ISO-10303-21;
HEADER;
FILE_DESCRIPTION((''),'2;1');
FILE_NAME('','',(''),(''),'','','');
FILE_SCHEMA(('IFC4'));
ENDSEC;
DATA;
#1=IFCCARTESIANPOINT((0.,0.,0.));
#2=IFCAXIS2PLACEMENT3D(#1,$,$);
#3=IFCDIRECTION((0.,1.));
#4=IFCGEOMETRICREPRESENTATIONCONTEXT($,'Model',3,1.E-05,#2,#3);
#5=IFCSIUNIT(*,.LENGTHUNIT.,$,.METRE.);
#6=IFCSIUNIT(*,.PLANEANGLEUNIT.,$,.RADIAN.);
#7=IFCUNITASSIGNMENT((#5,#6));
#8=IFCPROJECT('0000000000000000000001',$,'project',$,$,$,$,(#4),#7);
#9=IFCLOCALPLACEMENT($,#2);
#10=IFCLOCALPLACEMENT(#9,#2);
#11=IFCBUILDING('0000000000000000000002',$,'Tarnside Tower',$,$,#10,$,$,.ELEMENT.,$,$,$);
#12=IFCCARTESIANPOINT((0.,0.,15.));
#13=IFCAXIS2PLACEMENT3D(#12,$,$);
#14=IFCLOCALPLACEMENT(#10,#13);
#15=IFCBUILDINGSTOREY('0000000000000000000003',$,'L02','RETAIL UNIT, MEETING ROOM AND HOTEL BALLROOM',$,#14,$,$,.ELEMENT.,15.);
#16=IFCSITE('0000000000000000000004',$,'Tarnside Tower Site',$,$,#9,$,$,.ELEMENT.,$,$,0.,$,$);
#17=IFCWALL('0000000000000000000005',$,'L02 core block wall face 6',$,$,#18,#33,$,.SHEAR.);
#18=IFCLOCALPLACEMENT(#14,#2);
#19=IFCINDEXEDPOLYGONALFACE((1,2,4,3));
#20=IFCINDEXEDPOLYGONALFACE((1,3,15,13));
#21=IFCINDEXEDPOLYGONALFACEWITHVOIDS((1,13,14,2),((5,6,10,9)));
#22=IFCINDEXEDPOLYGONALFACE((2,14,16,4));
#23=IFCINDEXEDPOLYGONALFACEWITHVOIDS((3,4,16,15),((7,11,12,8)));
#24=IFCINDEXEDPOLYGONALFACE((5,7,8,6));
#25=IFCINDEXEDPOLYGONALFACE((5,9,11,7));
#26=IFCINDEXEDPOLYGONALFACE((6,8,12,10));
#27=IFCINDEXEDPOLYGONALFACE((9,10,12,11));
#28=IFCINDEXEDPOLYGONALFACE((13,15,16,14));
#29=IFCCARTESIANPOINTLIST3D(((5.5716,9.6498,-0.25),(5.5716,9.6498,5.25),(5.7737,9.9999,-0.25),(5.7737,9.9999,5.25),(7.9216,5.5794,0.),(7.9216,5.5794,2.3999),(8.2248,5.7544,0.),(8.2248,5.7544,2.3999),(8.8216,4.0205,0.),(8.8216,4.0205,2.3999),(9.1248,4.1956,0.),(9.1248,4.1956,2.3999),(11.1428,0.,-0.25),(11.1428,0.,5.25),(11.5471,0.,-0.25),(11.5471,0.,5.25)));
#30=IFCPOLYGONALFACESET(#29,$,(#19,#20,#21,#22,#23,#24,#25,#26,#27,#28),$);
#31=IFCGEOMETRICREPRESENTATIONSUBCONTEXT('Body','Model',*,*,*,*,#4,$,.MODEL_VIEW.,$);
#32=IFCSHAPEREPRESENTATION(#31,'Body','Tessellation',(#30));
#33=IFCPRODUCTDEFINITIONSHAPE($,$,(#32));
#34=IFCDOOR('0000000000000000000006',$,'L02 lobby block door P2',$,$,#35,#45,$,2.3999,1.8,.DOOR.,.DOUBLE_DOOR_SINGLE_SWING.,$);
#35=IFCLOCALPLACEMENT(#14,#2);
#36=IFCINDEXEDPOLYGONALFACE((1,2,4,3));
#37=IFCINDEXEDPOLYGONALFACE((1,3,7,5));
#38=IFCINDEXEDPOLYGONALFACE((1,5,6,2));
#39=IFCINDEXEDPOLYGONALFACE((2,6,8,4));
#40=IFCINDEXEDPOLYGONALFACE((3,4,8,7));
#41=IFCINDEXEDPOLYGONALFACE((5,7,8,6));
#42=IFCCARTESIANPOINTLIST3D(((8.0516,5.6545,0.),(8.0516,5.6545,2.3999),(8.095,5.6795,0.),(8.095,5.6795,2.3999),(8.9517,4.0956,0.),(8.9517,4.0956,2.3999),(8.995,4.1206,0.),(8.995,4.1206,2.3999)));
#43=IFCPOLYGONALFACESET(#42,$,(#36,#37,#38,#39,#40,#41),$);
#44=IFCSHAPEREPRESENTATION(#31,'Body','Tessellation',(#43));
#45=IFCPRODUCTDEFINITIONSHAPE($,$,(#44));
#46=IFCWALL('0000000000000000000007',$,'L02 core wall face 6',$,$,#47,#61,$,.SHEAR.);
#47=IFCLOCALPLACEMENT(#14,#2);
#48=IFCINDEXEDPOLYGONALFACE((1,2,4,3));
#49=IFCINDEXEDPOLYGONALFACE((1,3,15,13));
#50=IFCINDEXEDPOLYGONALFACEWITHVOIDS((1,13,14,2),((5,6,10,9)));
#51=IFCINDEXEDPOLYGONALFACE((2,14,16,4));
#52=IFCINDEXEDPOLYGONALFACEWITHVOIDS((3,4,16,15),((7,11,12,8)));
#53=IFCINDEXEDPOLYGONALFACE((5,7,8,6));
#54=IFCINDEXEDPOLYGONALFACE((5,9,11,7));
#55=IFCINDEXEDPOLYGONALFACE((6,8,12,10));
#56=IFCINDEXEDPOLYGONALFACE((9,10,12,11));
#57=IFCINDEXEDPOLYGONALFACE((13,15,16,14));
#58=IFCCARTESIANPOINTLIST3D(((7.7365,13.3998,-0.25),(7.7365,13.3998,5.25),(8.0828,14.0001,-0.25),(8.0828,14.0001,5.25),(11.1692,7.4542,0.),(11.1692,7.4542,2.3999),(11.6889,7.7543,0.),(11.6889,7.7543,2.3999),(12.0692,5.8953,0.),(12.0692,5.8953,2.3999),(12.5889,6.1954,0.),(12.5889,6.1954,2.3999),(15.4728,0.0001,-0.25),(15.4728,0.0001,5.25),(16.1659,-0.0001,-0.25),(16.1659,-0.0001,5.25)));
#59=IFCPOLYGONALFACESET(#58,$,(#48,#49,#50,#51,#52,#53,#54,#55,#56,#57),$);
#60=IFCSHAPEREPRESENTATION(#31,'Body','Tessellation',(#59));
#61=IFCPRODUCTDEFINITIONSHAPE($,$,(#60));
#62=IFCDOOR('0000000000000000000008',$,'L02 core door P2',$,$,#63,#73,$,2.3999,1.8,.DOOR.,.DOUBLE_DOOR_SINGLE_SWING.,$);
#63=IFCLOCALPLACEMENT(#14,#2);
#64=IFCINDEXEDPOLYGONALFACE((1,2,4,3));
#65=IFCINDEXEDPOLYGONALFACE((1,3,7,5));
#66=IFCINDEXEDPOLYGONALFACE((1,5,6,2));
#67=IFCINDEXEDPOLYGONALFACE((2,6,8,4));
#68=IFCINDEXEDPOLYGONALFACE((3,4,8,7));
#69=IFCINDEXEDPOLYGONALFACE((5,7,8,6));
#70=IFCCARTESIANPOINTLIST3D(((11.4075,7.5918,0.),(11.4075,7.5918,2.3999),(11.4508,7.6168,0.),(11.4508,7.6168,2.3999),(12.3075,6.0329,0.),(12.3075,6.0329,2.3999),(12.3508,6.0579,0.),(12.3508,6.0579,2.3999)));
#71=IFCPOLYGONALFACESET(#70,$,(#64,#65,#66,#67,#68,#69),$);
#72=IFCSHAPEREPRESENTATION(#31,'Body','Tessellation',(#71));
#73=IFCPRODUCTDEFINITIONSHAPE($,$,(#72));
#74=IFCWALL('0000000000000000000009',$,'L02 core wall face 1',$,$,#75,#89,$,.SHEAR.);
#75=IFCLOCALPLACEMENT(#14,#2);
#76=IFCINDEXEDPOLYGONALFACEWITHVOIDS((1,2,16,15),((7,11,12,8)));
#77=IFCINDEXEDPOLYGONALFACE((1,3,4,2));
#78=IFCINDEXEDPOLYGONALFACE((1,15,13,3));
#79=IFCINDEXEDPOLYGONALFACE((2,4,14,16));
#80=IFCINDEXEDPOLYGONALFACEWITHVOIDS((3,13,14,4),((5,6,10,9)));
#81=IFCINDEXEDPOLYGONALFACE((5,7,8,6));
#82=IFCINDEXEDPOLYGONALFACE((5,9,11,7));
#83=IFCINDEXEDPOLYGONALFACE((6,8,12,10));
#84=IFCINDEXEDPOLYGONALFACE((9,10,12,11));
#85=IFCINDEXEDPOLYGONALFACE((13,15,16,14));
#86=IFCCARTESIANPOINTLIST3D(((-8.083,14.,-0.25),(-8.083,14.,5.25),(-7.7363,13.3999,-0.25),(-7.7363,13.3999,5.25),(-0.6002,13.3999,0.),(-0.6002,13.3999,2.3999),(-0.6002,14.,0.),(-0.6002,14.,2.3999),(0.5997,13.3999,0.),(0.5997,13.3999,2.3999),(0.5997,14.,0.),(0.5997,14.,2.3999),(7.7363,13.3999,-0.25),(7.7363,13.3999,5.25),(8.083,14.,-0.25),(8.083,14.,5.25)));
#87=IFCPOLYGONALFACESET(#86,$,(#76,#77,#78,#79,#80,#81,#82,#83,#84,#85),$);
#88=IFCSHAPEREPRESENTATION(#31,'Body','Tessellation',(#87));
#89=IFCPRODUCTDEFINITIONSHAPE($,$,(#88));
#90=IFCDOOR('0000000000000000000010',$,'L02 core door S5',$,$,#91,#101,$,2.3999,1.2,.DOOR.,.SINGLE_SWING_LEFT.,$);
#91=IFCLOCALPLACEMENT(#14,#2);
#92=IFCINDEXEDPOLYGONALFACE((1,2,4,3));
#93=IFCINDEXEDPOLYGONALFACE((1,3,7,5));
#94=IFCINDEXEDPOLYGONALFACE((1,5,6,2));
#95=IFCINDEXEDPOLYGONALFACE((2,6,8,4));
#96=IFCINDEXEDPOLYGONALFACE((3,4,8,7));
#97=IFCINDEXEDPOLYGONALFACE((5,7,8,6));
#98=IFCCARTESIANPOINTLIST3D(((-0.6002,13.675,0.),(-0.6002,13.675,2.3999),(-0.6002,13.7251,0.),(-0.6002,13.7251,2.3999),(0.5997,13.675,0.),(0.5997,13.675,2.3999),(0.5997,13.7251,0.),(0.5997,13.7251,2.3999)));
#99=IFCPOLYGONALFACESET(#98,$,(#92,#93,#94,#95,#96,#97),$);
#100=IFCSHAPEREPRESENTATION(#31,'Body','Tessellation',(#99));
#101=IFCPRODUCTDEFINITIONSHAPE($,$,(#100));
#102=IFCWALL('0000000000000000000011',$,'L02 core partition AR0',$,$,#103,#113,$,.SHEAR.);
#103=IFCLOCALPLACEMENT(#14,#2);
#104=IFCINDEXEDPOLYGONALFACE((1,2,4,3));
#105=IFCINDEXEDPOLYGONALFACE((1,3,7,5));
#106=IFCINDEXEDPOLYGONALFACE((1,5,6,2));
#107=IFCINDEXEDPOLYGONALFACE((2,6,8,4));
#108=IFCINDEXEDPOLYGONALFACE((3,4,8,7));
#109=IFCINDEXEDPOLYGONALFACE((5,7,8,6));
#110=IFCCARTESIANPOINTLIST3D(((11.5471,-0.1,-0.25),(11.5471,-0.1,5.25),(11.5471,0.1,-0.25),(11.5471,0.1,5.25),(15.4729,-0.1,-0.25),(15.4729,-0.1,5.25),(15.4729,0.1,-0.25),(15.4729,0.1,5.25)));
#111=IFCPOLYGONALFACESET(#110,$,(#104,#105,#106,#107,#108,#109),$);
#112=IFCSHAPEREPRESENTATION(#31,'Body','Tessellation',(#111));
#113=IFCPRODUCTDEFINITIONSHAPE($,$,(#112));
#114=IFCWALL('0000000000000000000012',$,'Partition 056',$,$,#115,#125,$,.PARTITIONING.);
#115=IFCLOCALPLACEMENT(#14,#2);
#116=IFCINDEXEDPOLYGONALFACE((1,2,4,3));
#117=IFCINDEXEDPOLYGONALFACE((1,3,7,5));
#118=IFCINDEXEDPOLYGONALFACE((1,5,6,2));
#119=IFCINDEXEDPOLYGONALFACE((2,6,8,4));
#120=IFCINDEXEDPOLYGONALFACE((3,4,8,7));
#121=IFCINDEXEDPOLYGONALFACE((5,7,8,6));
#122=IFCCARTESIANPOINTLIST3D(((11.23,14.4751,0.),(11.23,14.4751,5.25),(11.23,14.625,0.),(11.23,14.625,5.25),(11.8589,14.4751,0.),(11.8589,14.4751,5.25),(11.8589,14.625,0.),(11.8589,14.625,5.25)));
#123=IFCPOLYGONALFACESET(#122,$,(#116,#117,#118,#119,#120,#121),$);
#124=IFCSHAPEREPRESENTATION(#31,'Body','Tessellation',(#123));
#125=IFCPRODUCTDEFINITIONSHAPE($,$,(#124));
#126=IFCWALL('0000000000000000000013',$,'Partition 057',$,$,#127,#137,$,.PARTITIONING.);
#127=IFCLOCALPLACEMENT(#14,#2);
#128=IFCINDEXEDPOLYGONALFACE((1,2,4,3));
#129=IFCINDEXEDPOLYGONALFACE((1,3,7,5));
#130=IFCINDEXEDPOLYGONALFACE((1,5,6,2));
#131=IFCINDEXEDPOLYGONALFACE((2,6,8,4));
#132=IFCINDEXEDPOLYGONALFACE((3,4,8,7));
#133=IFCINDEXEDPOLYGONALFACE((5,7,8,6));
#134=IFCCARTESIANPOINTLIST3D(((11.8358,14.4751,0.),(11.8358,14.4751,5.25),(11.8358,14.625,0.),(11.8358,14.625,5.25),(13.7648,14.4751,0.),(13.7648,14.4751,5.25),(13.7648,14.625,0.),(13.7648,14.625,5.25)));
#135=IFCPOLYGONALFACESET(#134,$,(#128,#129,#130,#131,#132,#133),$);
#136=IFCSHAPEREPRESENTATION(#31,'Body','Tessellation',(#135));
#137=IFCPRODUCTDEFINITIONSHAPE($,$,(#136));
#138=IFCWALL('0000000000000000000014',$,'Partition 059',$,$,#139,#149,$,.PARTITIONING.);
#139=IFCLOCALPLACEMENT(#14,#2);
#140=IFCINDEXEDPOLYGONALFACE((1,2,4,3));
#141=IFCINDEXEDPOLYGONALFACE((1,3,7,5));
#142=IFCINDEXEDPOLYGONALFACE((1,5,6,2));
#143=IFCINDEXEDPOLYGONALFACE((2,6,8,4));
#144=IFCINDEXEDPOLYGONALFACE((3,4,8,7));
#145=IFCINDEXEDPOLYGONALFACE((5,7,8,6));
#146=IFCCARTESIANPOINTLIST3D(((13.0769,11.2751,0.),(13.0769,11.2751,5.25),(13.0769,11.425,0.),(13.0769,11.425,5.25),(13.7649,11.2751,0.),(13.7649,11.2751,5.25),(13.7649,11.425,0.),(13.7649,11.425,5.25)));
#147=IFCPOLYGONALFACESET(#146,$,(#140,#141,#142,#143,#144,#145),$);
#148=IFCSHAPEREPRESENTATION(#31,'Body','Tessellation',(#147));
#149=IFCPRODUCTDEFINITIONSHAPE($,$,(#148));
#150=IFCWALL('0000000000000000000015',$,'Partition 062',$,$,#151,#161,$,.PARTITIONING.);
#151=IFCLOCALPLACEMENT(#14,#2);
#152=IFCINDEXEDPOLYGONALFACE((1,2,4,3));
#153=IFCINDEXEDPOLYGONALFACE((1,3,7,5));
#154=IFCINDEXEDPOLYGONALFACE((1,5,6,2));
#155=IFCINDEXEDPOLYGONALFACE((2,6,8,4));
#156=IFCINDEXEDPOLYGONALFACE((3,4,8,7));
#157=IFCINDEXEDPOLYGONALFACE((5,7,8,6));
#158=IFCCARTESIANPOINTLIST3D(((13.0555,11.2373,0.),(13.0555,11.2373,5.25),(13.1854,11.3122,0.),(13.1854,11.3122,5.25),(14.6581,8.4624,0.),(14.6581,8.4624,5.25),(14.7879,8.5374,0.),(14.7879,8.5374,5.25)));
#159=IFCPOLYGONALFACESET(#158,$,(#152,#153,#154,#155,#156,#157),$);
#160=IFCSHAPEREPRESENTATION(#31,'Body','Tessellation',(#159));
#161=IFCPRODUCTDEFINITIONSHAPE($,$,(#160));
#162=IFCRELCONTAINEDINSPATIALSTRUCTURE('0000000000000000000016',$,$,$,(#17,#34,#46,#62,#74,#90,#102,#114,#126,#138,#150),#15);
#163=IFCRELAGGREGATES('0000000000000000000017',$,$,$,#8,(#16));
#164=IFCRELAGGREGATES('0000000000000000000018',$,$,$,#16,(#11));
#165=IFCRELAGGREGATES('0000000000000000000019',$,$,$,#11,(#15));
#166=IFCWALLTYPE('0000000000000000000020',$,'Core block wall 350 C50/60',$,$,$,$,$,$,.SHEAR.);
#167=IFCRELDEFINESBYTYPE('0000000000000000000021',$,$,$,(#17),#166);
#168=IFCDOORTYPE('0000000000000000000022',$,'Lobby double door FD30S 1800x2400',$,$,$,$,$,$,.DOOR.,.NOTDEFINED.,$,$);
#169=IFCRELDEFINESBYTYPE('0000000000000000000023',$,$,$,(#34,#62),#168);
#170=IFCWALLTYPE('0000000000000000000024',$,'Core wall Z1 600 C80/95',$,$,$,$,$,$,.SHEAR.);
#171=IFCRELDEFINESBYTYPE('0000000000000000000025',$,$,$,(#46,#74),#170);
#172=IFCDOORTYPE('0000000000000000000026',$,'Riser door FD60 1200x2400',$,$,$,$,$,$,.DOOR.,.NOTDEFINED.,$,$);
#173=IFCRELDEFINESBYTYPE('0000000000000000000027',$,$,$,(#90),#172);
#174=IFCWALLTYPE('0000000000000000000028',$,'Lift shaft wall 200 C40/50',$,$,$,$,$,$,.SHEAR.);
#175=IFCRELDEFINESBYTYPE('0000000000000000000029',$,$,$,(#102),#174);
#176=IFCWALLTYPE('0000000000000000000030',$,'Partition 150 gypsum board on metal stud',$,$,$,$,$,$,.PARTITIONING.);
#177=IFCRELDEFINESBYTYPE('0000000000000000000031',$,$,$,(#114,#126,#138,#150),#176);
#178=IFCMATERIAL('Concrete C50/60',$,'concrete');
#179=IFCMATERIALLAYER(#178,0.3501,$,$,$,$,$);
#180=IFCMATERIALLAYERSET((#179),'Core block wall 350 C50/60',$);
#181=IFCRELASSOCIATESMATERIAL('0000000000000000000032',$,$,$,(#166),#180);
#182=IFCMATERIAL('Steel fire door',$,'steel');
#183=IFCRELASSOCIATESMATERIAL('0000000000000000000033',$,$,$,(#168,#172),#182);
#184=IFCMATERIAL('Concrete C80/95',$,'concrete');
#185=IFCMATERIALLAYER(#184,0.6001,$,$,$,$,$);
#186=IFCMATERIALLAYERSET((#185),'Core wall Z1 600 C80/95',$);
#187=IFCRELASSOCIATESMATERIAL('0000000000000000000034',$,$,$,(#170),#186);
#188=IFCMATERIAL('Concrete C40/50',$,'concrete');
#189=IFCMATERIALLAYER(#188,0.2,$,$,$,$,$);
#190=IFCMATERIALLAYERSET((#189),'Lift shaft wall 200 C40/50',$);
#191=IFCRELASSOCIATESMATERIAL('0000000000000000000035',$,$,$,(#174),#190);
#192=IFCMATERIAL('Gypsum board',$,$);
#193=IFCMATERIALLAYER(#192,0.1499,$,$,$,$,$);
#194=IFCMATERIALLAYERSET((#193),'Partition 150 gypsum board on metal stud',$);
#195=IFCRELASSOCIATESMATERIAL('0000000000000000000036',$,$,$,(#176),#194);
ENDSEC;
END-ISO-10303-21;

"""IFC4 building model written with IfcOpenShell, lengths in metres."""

from ifc_helpers import new_model, si_unit, direction, frame, frame_2d, origin, place, context, subcontext, project, spatial, polyline, rectangle, outline, extrude, material, layer, layer_set, type_object, element, fill, save


model = new_model("IFC4")

# Units and contexts
model_context = context("Model", 3, precision=1e-05, world=origin(), true_north=direction((0.0, 1.0)))
body_context = subcontext(model_context, "Body", "Model", "MODEL_VIEW")
ifc_project = project(units=[si_unit("LENGTHUNIT", "METRE"), si_unit("PLANEANGLEUNIT", "RADIAN")], contexts=[model_context])

# Site, building, storey
site_placement = place(None, origin())
site = spatial("IfcSite", under=ifc_project, at=site_placement, Name="Tarnside Tower Site", CompositionType="ELEMENT", RefElevation=0.0)
building_placement = place(site_placement, origin())
building = spatial("IfcBuilding", under=site, at=building_placement, Name="Tarnside Tower", CompositionType="ELEMENT")
storey_placement = place(building_placement, frame((0.0, 0.0, 15.0)))
storey = spatial("IfcBuildingStorey", under=building, at=storey_placement, Name="L02", Description="RETAIL UNIT, MEETING ROOM AND HOTEL BALLROOM", CompositionType="ELEMENT", Elevation=15.0)

# Walls, openings, doors
ifc_material_1 = material(Name="Concrete C50/60", Category="concrete")
ifc_layer_1 = layer(ifc_material_1, 0.3501)
ifc_layer_set_1 = layer_set([ifc_layer_1], Name="Core block wall 350 C50/60")
wall_type_1 = type_object("IfcWallType", Name="Core block wall 350 C50/60", PredefinedType="SHEAR", material=ifc_layer_set_1)
wall_1_placement = place(storey_placement, frame((11.345, 0.0, -0.25), z_axis=(0.0, 0.0, 1.0), x_axis=(-0.499995, 0.866028, 0.0)))
wall_1 = element("IfcWall", 1, at=wall_1_placement, inside=storey, type_object=wall_type_1, Name="L02 core block wall face 6", PredefinedType="SHEAR", context=body_context, shape_type="SweptSolid", body=[
    extrude(outline(polyline([(-0.1011, -0.175), (11.4458, -0.175), (11.2437, 0.175), (0.1011, 0.175), (-0.1011, -0.175)])), origin(), (0.0, 0.0, 1.0), 5.5),
])
opening_1_placement = place(wall_1_placement, frame((4.7437, 0.0, 0.25)))
opening_1 = element("IfcOpeningElement", 2, at=opening_1_placement, cuts=wall_1, PredefinedType="OPENING", context=body_context, shape_type="SweptSolid", body=[
    extrude(rectangle(XDim=1.8, YDim=2.3999, at=frame_2d((0.8999, 1.2))), frame((0.0, 0.1851, 0.0), z_axis=(0.0, -1.0, 0.0), x_axis=(1.0, 0.0, 0.0)), (0.0, 0.0, 1.0), 0.3701),
])
ifc_material_2 = material(Name="Steel fire door", Category="steel")
door_type_1 = type_object("IfcDoorType", Name="Lobby double door FD30S 1800x2400", OperationType="NOTDEFINED", PredefinedType="DOOR", material=ifc_material_2)
door_1_placement = place(opening_1_placement, origin())
door_1 = element("IfcDoor", 3, at=door_1_placement, inside=storey, type_object=door_type_1, Name="L02 lobby block door P2", OperationType="DOUBLE_DOOR_SINGLE_SWING", OverallHeight=2.3999, OverallWidth=1.8, PredefinedType="DOOR", context=body_context, shape_type="SweptSolid", body=[
    extrude(rectangle(XDim=1.8, YDim=2.3999, at=frame_2d((0.8999, 1.2))), frame((0.0, 0.0249, 0.0), z_axis=(0.0, -1.0, 0.0), x_axis=(1.0, 0.0, 0.0)), (0.0, 0.0, 1.0), 0.05),
])
fill(opening_1, door_1)
ifc_material_3 = material(Name="Concrete C80/95", Category="concrete")
ifc_layer_2 = layer(ifc_material_3, 0.6001)
ifc_layer_set_2 = layer_set([ifc_layer_2], Name="Core wall Z1 600 C80/95")
wall_type_2 = type_object("IfcWallType", Name="Core wall Z1 600 C80/95", PredefinedType="SHEAR", material=ifc_layer_set_2)
wall_2_placement = place(storey_placement, frame((15.8193, 0.0, -0.25), z_axis=(0.0, 0.0, 1.0), x_axis=(-0.5, 0.866025, 0.0)))
wall_2 = element("IfcWall", 4, at=wall_2_placement, inside=storey, type_object=wall_type_2, Name="L02 core wall face 6", PredefinedType="SHEAR", context=body_context, shape_type="SweptSolid", body=[
    extrude(outline(polyline([(-0.1733, -0.3), (15.9927, -0.3), (15.646, 0.3), (0.1733, 0.3), (-0.1733, -0.3)])), origin(), (0.0, 0.0, 1.0), 5.5),
])
opening_2_placement = place(wall_2_placement, frame((6.9807, 0.0, 0.25)))
opening_2 = element("IfcOpeningElement", 5, at=opening_2_placement, cuts=wall_2, PredefinedType="OPENING", context=body_context, shape_type="SweptSolid", body=[
    extrude(rectangle(XDim=1.8, YDim=2.3999, at=frame_2d((0.8999, 1.2))), frame((0.0, 0.3101, 0.0), z_axis=(0.0, -1.0, 0.0), x_axis=(1.0, 0.0, 0.0)), (0.0, 0.0, 1.0), 0.6201),
])
door_2_placement = place(opening_2_placement, origin())
door_2 = element("IfcDoor", 6, at=door_2_placement, inside=storey, type_object=door_type_1, Name="L02 core door P2", OperationType="DOUBLE_DOOR_SINGLE_SWING", OverallHeight=2.3999, OverallWidth=1.8, PredefinedType="DOOR", context=body_context, shape_type="SweptSolid", body=[
    extrude(rectangle(XDim=1.8, YDim=2.3999, at=frame_2d((0.8999, 1.2))), frame((0.0, 0.0249, 0.0), z_axis=(0.0, -1.0, 0.0), x_axis=(1.0, 0.0, 0.0)), (0.0, 0.0, 1.0), 0.05),
])
fill(opening_2, door_2)
wall_3_placement = place(storey_placement, frame((7.9097, 13.7, -0.25), z_axis=(0.0, 0.0, 1.0), x_axis=(-1.0, 0.0, 0.0)))
wall_3 = element("IfcWall", 7, at=wall_3_placement, inside=storey, type_object=wall_type_2, Name="L02 core wall face 1", PredefinedType="SHEAR", context=body_context, shape_type="SweptSolid", body=[
    extrude(outline(polyline([(-0.1733, -0.3), (15.9927, -0.3), (15.646, 0.3), (0.1733, 0.3), (-0.1733, -0.3)])), origin(), (0.0, 0.0, 1.0), 5.5),
])
opening_3_placement = place(wall_3_placement, frame((7.3098, 0.0, 0.25)))
opening_3 = element("IfcOpeningElement", 8, at=opening_3_placement, cuts=wall_3, PredefinedType="OPENING", context=body_context, shape_type="SweptSolid", body=[
    extrude(rectangle(XDim=1.2, YDim=2.3999, at=frame_2d((0.6001, 1.2))), frame((0.0, 0.3101, 0.0), z_axis=(0.0, -1.0, 0.0), x_axis=(1.0, 0.0, 0.0)), (0.0, 0.0, 1.0), 0.6201),
])
door_type_2 = type_object("IfcDoorType", Name="Riser door FD60 1200x2400", OperationType="NOTDEFINED", PredefinedType="DOOR", material=ifc_material_2)
door_3_placement = place(opening_3_placement, origin())
door_3 = element("IfcDoor", 9, at=door_3_placement, inside=storey, type_object=door_type_2, Name="L02 core door S5", OperationType="SINGLE_SWING_LEFT", OverallHeight=2.3999, OverallWidth=1.2, PredefinedType="DOOR", context=body_context, shape_type="SweptSolid", body=[
    extrude(rectangle(XDim=1.2, YDim=2.3999, at=frame_2d((0.6001, 1.2))), frame((0.0, 0.0249, 0.0), z_axis=(0.0, -1.0, 0.0), x_axis=(1.0, 0.0, 0.0)), (0.0, 0.0, 1.0), 0.05),
])
fill(opening_3, door_3)

# Walls
ifc_material_4 = material(Name="Concrete C40/50", Category="concrete")
ifc_layer_3 = layer(ifc_material_4, 0.2)
ifc_layer_set_3 = layer_set([ifc_layer_3], Name="Lift shaft wall 200 C40/50")
wall_type_3 = type_object("IfcWallType", Name="Lift shaft wall 200 C40/50", PredefinedType="SHEAR", material=ifc_layer_set_3)
wall_4_placement = place(storey_placement, frame((11.5471, 0.0, -0.25), z_axis=(0.0, 0.0, 1.0), x_axis=(1.0, 0.0, 0.0)))
element("IfcWall", 10, at=wall_4_placement, inside=storey, type_object=wall_type_3, Name="L02 core partition AR0", PredefinedType="SHEAR", context=body_context, shape_type="SweptSolid", body=[
    extrude(rectangle(XDim=3.9258, YDim=0.2, at=frame_2d((1.9629, 0.0))), origin(), (0.0, 0.0, 1.0), 5.5),
])
ifc_material_5 = material(Name="Gypsum board")
ifc_layer_4 = layer(ifc_material_5, 0.1499)
ifc_layer_set_4 = layer_set([ifc_layer_4], Name="Partition 150 gypsum board on metal stud")
wall_type_4 = type_object("IfcWallType", Name="Partition 150 gypsum board on metal stud", PredefinedType="PARTITIONING", material=ifc_layer_set_4)
wall_5_placement = place(storey_placement, frame((11.23, 14.55, 0.0), z_axis=(0.0, 0.0, 1.0), x_axis=(1.0, 0.0, 0.0)))
element("IfcWall", 11, at=wall_5_placement, inside=storey, type_object=wall_type_4, Name="Partition 056", PredefinedType="PARTITIONING", context=body_context, shape_type="SweptSolid", body=[
    extrude(rectangle(XDim=0.6289, YDim=0.1499, at=frame_2d((0.3145, 0.0))), origin(), (0.0, 0.0, 1.0), 5.25),
])
wall_6_placement = place(storey_placement, frame((11.8359, 14.55, 0.0), z_axis=(0.0, 0.0, 1.0), x_axis=(1.0, 0.0, 0.0)))
element("IfcWall", 12, at=wall_6_placement, inside=storey, type_object=wall_type_4, Name="Partition 057", PredefinedType="PARTITIONING", context=body_context, shape_type="SweptSolid", body=[
    extrude(rectangle(XDim=1.929, YDim=0.1499, at=frame_2d((0.9644, 0.0))), origin(), (0.0, 0.0, 1.0), 5.25),
])
wall_7_placement = place(storey_placement, frame((13.7649, 11.3501, 0.0), z_axis=(0.0, 0.0, 1.0), x_axis=(-1.0, 0.0, 0.0)))
element("IfcWall", 13, at=wall_7_placement, inside=storey, type_object=wall_type_4, Name="Partition 059", PredefinedType="PARTITIONING", context=body_context, shape_type="SweptSolid", body=[
    extrude(rectangle(XDim=0.688, YDim=0.1499, at=frame_2d((0.344, 0.0))), origin(), (0.0, 0.0, 1.0), 5.25),
])
wall_8_placement = place(storey_placement, frame((14.7229, 8.5, 0.0), z_axis=(0.0, 0.0, 1.0), x_axis=(-0.500105, 0.865965, 0.0)))
element("IfcWall", 14, at=wall_8_placement, inside=storey, type_object=wall_type_4, Name="Partition 062", PredefinedType="PARTITIONING", context=body_context, shape_type="SweptSolid", body=[
    extrude(rectangle(XDim=3.2043, YDim=0.1499, at=frame_2d((1.6021, 0.0))), origin(), (0.0, 0.0, 1.0), 5.25),
])

save(model, "model.ifc")
